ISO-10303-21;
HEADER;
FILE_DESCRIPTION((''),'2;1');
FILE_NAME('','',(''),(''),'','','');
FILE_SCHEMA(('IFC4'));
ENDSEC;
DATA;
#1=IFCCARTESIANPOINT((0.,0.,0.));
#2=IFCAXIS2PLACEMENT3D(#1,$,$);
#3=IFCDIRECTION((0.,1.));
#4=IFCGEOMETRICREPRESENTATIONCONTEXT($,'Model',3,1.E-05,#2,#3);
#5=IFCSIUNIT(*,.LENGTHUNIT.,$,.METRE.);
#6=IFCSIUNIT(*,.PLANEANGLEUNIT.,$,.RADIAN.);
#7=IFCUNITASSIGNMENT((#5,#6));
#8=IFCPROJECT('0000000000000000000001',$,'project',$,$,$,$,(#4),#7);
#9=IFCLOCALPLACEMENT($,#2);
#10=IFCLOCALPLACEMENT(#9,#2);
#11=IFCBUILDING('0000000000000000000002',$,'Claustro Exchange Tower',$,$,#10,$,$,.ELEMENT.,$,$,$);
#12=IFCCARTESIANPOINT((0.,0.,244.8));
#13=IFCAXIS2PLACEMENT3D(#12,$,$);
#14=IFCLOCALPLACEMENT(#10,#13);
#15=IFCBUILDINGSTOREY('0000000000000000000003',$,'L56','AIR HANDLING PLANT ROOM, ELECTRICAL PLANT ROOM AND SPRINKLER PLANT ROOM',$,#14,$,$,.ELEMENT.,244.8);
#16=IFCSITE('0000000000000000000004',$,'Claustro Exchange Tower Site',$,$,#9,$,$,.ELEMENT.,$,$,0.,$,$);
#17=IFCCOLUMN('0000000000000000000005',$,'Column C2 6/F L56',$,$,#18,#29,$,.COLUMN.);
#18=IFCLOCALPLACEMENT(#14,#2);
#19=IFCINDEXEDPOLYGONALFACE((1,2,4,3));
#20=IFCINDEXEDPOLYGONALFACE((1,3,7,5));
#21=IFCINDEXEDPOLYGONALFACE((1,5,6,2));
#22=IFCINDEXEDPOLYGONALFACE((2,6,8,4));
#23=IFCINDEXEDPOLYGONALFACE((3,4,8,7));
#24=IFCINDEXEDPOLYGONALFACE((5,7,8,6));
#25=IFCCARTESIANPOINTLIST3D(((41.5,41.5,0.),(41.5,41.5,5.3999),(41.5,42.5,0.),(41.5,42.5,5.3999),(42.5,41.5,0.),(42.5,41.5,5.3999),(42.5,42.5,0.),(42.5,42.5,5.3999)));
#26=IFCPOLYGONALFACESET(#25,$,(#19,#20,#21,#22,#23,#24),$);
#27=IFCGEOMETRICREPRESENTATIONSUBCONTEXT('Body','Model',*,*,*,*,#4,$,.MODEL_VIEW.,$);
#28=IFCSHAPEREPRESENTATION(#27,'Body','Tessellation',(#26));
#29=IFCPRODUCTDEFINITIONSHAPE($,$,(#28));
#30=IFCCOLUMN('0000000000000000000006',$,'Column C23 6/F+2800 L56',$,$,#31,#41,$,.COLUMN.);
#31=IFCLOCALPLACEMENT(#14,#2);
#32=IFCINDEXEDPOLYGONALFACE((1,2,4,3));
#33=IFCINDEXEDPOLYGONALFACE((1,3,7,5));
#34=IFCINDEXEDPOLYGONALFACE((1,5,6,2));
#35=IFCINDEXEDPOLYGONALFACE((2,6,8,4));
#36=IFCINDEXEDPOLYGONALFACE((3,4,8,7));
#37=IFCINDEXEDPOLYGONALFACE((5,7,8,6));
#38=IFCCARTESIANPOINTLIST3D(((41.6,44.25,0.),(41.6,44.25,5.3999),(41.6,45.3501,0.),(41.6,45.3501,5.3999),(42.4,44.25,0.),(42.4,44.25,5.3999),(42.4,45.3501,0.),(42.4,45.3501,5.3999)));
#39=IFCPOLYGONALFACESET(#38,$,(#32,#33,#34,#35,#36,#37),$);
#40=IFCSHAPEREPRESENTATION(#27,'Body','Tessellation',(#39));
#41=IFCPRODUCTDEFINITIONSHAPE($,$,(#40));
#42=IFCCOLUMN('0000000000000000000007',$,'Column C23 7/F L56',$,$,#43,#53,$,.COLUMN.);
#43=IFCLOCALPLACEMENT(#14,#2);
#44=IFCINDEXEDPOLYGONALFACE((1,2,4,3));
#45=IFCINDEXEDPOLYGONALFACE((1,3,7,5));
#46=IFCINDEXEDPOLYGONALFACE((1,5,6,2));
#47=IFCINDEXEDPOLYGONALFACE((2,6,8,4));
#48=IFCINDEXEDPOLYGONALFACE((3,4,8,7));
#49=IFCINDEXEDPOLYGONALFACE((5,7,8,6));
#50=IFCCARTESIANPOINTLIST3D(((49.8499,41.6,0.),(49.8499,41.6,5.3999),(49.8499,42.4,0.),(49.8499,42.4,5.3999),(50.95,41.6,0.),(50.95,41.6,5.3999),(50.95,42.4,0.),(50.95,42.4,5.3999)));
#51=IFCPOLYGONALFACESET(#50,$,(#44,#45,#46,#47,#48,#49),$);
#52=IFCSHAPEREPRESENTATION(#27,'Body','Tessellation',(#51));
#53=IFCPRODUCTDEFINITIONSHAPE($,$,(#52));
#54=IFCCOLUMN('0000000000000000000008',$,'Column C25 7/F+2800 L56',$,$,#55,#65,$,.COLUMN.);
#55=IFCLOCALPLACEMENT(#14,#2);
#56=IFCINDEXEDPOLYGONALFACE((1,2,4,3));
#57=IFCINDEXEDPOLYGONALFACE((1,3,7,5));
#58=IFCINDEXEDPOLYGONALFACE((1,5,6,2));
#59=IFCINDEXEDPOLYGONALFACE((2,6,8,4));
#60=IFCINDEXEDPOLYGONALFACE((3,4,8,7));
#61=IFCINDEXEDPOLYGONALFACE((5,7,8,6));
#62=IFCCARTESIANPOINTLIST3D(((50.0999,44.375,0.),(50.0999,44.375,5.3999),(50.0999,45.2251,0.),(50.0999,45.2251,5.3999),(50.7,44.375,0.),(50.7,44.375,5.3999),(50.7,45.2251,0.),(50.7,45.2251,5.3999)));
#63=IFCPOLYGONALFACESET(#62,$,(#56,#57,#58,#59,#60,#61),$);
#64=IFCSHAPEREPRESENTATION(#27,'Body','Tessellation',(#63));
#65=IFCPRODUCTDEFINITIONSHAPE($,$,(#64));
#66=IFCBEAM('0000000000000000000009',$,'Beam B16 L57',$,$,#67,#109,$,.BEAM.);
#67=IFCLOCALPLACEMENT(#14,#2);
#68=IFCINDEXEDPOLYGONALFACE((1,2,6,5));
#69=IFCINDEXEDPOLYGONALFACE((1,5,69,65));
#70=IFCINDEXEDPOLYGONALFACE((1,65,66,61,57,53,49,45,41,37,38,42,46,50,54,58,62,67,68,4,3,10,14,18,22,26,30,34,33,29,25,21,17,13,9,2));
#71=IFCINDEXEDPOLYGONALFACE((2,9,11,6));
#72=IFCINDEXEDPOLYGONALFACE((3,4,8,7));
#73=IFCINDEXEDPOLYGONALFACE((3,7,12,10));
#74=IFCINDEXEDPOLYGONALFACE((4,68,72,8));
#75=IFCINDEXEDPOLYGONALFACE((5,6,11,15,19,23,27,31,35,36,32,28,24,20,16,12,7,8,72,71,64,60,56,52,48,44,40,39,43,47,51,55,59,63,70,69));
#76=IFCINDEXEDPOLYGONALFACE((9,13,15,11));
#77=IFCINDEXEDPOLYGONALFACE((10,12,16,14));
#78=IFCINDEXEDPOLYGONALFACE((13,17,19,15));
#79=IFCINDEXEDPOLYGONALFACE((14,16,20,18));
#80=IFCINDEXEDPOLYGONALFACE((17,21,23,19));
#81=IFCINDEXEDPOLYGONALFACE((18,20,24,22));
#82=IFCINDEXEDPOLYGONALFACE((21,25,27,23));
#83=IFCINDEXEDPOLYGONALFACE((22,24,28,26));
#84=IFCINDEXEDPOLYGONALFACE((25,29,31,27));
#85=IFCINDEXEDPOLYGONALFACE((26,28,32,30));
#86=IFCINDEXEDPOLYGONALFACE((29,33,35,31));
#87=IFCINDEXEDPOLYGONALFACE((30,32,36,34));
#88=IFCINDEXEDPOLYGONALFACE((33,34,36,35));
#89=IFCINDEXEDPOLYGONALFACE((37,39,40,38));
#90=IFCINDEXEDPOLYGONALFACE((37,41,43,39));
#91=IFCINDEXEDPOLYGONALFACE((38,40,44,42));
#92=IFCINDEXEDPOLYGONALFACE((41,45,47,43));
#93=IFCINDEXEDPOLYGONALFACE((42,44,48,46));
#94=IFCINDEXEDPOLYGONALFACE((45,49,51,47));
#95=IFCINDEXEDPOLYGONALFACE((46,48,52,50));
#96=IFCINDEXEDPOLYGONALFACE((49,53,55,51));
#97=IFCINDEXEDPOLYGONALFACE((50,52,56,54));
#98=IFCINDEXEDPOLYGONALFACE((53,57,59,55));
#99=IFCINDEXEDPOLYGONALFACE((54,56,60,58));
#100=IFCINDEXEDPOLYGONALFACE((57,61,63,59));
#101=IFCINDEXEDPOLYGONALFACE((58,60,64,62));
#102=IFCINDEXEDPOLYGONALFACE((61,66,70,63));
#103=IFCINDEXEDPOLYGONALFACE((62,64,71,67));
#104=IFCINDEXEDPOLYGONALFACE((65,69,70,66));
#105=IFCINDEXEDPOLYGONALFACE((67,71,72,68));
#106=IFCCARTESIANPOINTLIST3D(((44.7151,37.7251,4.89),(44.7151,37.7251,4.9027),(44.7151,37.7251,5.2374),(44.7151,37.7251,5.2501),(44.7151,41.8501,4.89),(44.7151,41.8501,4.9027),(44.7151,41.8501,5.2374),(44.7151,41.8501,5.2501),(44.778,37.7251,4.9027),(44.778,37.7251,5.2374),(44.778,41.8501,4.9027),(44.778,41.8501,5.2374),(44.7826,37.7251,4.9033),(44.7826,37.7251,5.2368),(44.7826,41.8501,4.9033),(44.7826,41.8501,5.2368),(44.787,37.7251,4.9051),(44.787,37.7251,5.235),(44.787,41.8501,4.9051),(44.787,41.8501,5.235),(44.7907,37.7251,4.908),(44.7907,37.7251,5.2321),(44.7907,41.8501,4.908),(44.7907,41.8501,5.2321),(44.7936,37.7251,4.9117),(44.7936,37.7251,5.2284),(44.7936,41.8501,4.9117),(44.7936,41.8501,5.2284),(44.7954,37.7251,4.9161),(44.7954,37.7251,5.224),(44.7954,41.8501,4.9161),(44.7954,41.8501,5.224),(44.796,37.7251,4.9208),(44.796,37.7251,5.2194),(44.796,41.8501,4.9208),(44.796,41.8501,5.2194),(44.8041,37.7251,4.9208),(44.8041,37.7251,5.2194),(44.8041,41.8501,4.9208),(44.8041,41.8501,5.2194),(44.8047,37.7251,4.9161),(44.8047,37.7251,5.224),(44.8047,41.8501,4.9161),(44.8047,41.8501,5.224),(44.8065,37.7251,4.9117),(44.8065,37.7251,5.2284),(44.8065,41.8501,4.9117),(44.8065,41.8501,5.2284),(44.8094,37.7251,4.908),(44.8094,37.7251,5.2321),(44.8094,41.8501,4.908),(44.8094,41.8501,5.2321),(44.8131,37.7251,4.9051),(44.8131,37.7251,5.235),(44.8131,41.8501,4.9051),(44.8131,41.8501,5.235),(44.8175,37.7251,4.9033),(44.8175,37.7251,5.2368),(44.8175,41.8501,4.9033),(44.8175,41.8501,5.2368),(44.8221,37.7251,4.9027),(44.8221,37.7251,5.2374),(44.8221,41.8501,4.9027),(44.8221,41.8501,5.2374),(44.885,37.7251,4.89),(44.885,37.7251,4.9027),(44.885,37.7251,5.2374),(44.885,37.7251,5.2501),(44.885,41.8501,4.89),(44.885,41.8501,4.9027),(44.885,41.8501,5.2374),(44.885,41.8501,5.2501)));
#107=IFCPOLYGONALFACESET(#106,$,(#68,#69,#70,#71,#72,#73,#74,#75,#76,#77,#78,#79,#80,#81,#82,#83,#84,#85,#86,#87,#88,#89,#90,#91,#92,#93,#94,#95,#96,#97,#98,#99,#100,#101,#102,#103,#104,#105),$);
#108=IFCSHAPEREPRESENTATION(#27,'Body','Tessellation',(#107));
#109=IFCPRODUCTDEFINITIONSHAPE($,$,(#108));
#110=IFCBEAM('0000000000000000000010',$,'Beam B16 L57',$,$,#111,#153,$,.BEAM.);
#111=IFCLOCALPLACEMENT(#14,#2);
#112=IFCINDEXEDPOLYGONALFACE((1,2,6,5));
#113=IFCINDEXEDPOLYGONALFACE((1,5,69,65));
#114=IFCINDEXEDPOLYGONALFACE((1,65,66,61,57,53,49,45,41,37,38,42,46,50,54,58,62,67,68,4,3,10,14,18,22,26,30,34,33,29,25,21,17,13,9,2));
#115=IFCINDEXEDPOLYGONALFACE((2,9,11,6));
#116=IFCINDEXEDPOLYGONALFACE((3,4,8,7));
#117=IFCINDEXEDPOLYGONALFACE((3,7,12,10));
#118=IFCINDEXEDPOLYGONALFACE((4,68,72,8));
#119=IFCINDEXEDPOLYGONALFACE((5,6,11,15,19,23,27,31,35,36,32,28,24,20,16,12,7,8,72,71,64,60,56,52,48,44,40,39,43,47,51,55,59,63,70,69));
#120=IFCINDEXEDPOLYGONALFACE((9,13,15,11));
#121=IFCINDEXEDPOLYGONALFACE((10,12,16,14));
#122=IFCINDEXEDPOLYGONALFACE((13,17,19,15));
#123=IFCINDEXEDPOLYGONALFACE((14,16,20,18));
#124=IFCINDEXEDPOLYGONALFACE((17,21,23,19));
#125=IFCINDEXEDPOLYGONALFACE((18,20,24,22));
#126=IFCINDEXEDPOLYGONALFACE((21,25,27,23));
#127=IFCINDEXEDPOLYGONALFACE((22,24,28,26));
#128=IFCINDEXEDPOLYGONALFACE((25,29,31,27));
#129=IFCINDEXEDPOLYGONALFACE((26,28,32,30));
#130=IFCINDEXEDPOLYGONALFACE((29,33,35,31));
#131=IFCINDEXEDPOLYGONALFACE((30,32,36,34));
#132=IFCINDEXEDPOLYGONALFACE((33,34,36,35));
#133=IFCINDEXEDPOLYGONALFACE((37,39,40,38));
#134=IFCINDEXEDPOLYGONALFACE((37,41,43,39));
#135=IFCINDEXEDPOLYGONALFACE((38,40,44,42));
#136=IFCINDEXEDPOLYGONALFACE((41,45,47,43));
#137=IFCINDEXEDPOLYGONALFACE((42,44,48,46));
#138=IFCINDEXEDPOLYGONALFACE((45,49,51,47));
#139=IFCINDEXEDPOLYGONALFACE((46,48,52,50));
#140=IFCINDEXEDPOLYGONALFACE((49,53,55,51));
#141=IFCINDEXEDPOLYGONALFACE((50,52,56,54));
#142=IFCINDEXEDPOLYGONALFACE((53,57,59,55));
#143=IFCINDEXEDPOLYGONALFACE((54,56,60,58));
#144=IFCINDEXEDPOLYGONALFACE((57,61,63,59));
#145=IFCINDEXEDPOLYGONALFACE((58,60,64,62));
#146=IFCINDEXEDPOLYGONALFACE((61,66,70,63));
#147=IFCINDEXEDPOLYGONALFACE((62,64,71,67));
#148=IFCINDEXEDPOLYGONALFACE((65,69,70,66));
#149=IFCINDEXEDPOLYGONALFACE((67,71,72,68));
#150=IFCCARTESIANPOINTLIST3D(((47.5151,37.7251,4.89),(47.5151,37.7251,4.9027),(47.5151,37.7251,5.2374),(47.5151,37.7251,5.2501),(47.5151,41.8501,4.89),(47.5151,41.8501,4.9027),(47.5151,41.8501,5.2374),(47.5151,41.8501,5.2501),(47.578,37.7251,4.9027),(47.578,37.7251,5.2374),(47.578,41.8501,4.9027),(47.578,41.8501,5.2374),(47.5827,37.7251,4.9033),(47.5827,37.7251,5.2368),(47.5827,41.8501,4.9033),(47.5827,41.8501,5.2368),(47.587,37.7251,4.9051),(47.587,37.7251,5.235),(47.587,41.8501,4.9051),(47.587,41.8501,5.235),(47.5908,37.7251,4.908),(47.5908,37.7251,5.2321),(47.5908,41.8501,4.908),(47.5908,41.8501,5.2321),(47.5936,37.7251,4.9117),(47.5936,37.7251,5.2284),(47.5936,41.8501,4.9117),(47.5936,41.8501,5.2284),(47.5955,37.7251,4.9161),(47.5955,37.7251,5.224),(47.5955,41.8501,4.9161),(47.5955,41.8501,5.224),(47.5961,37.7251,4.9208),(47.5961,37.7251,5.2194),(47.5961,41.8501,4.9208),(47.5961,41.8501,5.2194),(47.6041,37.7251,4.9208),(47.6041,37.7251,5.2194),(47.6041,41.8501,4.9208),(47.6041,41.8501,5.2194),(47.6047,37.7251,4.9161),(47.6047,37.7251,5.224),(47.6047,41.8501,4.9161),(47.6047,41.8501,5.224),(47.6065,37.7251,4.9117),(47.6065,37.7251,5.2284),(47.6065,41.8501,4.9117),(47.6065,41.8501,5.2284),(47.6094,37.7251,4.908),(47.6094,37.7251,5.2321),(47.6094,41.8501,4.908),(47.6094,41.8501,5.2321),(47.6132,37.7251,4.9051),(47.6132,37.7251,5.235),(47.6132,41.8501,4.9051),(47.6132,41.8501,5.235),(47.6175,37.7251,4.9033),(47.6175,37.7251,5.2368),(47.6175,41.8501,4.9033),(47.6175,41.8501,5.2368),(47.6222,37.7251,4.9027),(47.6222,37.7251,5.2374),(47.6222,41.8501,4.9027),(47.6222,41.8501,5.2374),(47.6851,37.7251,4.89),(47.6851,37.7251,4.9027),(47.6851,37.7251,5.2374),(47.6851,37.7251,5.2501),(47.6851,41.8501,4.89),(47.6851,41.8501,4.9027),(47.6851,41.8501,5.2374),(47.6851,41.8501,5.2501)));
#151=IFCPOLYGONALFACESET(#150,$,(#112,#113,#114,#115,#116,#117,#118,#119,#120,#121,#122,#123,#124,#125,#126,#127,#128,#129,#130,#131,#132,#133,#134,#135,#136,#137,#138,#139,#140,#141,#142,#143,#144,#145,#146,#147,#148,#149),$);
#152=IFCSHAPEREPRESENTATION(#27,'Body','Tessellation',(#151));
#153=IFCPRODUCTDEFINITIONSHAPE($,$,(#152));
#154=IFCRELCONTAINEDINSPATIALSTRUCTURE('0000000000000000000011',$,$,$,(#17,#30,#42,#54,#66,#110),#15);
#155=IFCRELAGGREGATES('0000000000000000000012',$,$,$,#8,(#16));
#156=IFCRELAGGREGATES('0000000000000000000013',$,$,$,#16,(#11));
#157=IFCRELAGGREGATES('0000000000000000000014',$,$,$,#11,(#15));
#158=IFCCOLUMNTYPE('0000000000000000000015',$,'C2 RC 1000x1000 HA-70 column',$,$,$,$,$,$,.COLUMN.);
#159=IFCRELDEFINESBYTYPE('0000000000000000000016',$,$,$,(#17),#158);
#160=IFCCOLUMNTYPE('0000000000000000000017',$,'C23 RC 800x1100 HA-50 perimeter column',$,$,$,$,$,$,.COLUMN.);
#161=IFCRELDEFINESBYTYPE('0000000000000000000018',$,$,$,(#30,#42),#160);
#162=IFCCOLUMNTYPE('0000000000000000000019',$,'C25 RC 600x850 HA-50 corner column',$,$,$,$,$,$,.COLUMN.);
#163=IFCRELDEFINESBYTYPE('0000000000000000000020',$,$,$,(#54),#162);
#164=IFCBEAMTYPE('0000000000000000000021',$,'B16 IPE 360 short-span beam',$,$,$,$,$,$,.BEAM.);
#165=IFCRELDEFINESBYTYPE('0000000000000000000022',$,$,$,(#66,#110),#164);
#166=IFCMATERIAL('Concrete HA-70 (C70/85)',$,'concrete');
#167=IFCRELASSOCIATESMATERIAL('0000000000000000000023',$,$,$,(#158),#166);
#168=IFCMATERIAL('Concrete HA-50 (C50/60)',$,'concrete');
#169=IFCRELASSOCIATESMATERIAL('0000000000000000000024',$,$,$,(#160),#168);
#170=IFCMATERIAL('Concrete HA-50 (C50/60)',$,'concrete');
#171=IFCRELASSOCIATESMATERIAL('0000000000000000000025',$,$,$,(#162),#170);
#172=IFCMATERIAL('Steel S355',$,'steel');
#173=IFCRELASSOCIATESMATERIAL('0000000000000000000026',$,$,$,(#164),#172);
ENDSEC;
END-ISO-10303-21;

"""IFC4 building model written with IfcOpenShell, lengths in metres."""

from ifc_helpers import new_model, si_unit, direction, frame, origin, origin_2d, place, context, subcontext, project, spatial, rectangle, i_section, extrude, material, material_profile, profile_set, type_object, element, save


model = new_model("IFC4")

# Units and contexts
model_context = context("Model", 3, precision=1e-05, world=origin(), true_north=direction((0.0, 1.0)))
body_context = subcontext(model_context, "Body", "Model", "MODEL_VIEW")
ifc_project = project(units=[si_unit("LENGTHUNIT", "METRE"), si_unit("PLANEANGLEUNIT", "RADIAN")], contexts=[model_context])

# Site, building, storey
site_placement = place(None, origin())
site = spatial("IfcSite", under=ifc_project, at=site_placement, Name="Claustro Exchange Tower Site", CompositionType="ELEMENT", RefElevation=0.0)
building_placement = place(site_placement, origin())
building = spatial("IfcBuilding", under=site, at=building_placement, Name="Claustro Exchange Tower", CompositionType="ELEMENT")
storey_placement = place(building_placement, frame((0.0, 0.0, 244.8)))
storey = spatial("IfcBuildingStorey", under=building, at=storey_placement, Name="L56", Description="AIR HANDLING PLANT ROOM, ELECTRICAL PLANT ROOM AND SPRINKLER PLANT ROOM", CompositionType="ELEMENT", Elevation=244.8)

# Columns
ifc_material_1 = material(Name="Concrete HA-70 (C70/85)", Category="concrete")
ifc_material_profile_1 = material_profile(ifc_material_1, rectangle(XDim=1.0, YDim=1.0, at=origin_2d()), Name="RC 1000x1000")
ifc_profile_set_1 = profile_set([ifc_material_profile_1], Name="Concrete HA-70 (C70/85)")
column_type_1 = type_object("IfcColumnType", Name="C2 RC 1000x1000 HA-70 column", PredefinedType="COLUMN", material=ifc_profile_set_1)
column_1_placement = place(storey_placement, frame((42.0, 42.0, 0.0), z_axis=(0.0, 0.0, 1.0), x_axis=(1.0, 0.0, 0.0)))
element("IfcColumn", 1, at=column_1_placement, inside=storey, type_object=column_type_1, Name="Column C2 6/F L56", PredefinedType="COLUMN", context=body_context, shape_type="SweptSolid", body=[
    extrude(rectangle(XDim=1.0, YDim=1.0, at=origin_2d()), origin(), (0.0, 0.0, 1.0), 5.3999),
])
ifc_material_2 = material(Name="Concrete HA-50 (C50/60)", Category="concrete")
ifc_material_profile_2 = material_profile(ifc_material_2, rectangle(XDim=0.8, YDim=1.1001, at=origin_2d()), Name="RC 800x1100")
ifc_profile_set_2 = profile_set([ifc_material_profile_2], Name="Concrete HA-50 (C50/60)")
column_type_2 = type_object("IfcColumnType", Name="C23 RC 800x1100 HA-50 perimeter column", PredefinedType="COLUMN", material=ifc_profile_set_2)
for number, where, z_axis, x_axis, name in (
    (2, (42.0, 44.8, 0.0), (0.0, 0.0, 1.0), (1.0, 0.0, 0.0), "Column C23 6/F+2800 L56"),
    (3, (50.3999, 42.0, 0.0), (0.0, 0.0, 1.0), (0.0, 1.0, 0.0), "Column C23 7/F L56"),
):
    element("IfcColumn", number, at=place(storey_placement, frame(where, z_axis=z_axis, x_axis=x_axis)), inside=storey, type_object=column_type_2, Name=name, PredefinedType="COLUMN", context=body_context, shape_type="SweptSolid", body=[
        extrude(rectangle(XDim=0.8, YDim=1.1001, at=origin_2d()), origin(), (0.0, 0.0, 1.0), 5.3999),
    ])
ifc_material_3 = material(Name="Concrete HA-50 (C50/60)", Category="concrete")
ifc_material_profile_3 = material_profile(ifc_material_3, rectangle(XDim=0.6001, YDim=0.8501, at=origin_2d()), Name="RC 600x850")
ifc_profile_set_3 = profile_set([ifc_material_profile_3], Name="Concrete HA-50 (C50/60)")
column_type_3 = type_object("IfcColumnType", Name="C25 RC 600x850 HA-50 corner column", PredefinedType="COLUMN", material=ifc_profile_set_3)
column_2_placement = place(storey_placement, frame((50.3999, 44.8, 0.0), z_axis=(0.0, 0.0, 1.0), x_axis=(1.0, 0.0, 0.0)))
element("IfcColumn", 4, at=column_2_placement, inside=storey, type_object=column_type_3, Name="Column C25 7/F+2800 L56", PredefinedType="COLUMN", context=body_context, shape_type="SweptSolid", body=[
    extrude(rectangle(XDim=0.6001, YDim=0.8501, at=origin_2d()), origin(), (0.0, 0.0, 1.0), 5.3999),
])

# Beams
ifc_material_4 = material(Name="Steel S355", Category="steel")
ifc_material_profile_4 = material_profile(ifc_material_4, i_section(OverallWidth=0.1699, OverallDepth=0.3601, WebThickness=0.0081, FlangeThickness=0.0127, FilletRadius=0.0181, at=origin_2d()), Name="IPE 360")
ifc_profile_set_4 = profile_set([ifc_material_profile_4], Name="Steel S355")
beam_type_1 = type_object("IfcBeamType", Name="B16 IPE 360 short-span beam", PredefinedType="BEAM", material=ifc_profile_set_4)
for number, where, z_axis, x_axis, name in (
    (5, (44.8, 37.7251, 5.0701), (0.0, 1.0, 0.0), (-1.0, 0.0, 0.0), "Beam B16 L57"),
    (6, (47.6001, 37.7251, 5.0701), (0.0, 1.0, 0.0), (-1.0, 0.0, 0.0), "Beam B16 L57"),
):
    element("IfcBeam", number, at=place(storey_placement, frame(where, z_axis=z_axis, x_axis=x_axis)), inside=storey, type_object=beam_type_1, Name=name, PredefinedType="BEAM", context=body_context, shape_type="SweptSolid", body=[
        extrude(i_section(OverallWidth=0.1699, OverallDepth=0.3601, WebThickness=0.0081, FlangeThickness=0.0127, FilletRadius=0.0181, at=origin_2d()), origin(), (0.0, 0.0, 1.0), 4.125),
    ])

save(model, "model.ifc")
